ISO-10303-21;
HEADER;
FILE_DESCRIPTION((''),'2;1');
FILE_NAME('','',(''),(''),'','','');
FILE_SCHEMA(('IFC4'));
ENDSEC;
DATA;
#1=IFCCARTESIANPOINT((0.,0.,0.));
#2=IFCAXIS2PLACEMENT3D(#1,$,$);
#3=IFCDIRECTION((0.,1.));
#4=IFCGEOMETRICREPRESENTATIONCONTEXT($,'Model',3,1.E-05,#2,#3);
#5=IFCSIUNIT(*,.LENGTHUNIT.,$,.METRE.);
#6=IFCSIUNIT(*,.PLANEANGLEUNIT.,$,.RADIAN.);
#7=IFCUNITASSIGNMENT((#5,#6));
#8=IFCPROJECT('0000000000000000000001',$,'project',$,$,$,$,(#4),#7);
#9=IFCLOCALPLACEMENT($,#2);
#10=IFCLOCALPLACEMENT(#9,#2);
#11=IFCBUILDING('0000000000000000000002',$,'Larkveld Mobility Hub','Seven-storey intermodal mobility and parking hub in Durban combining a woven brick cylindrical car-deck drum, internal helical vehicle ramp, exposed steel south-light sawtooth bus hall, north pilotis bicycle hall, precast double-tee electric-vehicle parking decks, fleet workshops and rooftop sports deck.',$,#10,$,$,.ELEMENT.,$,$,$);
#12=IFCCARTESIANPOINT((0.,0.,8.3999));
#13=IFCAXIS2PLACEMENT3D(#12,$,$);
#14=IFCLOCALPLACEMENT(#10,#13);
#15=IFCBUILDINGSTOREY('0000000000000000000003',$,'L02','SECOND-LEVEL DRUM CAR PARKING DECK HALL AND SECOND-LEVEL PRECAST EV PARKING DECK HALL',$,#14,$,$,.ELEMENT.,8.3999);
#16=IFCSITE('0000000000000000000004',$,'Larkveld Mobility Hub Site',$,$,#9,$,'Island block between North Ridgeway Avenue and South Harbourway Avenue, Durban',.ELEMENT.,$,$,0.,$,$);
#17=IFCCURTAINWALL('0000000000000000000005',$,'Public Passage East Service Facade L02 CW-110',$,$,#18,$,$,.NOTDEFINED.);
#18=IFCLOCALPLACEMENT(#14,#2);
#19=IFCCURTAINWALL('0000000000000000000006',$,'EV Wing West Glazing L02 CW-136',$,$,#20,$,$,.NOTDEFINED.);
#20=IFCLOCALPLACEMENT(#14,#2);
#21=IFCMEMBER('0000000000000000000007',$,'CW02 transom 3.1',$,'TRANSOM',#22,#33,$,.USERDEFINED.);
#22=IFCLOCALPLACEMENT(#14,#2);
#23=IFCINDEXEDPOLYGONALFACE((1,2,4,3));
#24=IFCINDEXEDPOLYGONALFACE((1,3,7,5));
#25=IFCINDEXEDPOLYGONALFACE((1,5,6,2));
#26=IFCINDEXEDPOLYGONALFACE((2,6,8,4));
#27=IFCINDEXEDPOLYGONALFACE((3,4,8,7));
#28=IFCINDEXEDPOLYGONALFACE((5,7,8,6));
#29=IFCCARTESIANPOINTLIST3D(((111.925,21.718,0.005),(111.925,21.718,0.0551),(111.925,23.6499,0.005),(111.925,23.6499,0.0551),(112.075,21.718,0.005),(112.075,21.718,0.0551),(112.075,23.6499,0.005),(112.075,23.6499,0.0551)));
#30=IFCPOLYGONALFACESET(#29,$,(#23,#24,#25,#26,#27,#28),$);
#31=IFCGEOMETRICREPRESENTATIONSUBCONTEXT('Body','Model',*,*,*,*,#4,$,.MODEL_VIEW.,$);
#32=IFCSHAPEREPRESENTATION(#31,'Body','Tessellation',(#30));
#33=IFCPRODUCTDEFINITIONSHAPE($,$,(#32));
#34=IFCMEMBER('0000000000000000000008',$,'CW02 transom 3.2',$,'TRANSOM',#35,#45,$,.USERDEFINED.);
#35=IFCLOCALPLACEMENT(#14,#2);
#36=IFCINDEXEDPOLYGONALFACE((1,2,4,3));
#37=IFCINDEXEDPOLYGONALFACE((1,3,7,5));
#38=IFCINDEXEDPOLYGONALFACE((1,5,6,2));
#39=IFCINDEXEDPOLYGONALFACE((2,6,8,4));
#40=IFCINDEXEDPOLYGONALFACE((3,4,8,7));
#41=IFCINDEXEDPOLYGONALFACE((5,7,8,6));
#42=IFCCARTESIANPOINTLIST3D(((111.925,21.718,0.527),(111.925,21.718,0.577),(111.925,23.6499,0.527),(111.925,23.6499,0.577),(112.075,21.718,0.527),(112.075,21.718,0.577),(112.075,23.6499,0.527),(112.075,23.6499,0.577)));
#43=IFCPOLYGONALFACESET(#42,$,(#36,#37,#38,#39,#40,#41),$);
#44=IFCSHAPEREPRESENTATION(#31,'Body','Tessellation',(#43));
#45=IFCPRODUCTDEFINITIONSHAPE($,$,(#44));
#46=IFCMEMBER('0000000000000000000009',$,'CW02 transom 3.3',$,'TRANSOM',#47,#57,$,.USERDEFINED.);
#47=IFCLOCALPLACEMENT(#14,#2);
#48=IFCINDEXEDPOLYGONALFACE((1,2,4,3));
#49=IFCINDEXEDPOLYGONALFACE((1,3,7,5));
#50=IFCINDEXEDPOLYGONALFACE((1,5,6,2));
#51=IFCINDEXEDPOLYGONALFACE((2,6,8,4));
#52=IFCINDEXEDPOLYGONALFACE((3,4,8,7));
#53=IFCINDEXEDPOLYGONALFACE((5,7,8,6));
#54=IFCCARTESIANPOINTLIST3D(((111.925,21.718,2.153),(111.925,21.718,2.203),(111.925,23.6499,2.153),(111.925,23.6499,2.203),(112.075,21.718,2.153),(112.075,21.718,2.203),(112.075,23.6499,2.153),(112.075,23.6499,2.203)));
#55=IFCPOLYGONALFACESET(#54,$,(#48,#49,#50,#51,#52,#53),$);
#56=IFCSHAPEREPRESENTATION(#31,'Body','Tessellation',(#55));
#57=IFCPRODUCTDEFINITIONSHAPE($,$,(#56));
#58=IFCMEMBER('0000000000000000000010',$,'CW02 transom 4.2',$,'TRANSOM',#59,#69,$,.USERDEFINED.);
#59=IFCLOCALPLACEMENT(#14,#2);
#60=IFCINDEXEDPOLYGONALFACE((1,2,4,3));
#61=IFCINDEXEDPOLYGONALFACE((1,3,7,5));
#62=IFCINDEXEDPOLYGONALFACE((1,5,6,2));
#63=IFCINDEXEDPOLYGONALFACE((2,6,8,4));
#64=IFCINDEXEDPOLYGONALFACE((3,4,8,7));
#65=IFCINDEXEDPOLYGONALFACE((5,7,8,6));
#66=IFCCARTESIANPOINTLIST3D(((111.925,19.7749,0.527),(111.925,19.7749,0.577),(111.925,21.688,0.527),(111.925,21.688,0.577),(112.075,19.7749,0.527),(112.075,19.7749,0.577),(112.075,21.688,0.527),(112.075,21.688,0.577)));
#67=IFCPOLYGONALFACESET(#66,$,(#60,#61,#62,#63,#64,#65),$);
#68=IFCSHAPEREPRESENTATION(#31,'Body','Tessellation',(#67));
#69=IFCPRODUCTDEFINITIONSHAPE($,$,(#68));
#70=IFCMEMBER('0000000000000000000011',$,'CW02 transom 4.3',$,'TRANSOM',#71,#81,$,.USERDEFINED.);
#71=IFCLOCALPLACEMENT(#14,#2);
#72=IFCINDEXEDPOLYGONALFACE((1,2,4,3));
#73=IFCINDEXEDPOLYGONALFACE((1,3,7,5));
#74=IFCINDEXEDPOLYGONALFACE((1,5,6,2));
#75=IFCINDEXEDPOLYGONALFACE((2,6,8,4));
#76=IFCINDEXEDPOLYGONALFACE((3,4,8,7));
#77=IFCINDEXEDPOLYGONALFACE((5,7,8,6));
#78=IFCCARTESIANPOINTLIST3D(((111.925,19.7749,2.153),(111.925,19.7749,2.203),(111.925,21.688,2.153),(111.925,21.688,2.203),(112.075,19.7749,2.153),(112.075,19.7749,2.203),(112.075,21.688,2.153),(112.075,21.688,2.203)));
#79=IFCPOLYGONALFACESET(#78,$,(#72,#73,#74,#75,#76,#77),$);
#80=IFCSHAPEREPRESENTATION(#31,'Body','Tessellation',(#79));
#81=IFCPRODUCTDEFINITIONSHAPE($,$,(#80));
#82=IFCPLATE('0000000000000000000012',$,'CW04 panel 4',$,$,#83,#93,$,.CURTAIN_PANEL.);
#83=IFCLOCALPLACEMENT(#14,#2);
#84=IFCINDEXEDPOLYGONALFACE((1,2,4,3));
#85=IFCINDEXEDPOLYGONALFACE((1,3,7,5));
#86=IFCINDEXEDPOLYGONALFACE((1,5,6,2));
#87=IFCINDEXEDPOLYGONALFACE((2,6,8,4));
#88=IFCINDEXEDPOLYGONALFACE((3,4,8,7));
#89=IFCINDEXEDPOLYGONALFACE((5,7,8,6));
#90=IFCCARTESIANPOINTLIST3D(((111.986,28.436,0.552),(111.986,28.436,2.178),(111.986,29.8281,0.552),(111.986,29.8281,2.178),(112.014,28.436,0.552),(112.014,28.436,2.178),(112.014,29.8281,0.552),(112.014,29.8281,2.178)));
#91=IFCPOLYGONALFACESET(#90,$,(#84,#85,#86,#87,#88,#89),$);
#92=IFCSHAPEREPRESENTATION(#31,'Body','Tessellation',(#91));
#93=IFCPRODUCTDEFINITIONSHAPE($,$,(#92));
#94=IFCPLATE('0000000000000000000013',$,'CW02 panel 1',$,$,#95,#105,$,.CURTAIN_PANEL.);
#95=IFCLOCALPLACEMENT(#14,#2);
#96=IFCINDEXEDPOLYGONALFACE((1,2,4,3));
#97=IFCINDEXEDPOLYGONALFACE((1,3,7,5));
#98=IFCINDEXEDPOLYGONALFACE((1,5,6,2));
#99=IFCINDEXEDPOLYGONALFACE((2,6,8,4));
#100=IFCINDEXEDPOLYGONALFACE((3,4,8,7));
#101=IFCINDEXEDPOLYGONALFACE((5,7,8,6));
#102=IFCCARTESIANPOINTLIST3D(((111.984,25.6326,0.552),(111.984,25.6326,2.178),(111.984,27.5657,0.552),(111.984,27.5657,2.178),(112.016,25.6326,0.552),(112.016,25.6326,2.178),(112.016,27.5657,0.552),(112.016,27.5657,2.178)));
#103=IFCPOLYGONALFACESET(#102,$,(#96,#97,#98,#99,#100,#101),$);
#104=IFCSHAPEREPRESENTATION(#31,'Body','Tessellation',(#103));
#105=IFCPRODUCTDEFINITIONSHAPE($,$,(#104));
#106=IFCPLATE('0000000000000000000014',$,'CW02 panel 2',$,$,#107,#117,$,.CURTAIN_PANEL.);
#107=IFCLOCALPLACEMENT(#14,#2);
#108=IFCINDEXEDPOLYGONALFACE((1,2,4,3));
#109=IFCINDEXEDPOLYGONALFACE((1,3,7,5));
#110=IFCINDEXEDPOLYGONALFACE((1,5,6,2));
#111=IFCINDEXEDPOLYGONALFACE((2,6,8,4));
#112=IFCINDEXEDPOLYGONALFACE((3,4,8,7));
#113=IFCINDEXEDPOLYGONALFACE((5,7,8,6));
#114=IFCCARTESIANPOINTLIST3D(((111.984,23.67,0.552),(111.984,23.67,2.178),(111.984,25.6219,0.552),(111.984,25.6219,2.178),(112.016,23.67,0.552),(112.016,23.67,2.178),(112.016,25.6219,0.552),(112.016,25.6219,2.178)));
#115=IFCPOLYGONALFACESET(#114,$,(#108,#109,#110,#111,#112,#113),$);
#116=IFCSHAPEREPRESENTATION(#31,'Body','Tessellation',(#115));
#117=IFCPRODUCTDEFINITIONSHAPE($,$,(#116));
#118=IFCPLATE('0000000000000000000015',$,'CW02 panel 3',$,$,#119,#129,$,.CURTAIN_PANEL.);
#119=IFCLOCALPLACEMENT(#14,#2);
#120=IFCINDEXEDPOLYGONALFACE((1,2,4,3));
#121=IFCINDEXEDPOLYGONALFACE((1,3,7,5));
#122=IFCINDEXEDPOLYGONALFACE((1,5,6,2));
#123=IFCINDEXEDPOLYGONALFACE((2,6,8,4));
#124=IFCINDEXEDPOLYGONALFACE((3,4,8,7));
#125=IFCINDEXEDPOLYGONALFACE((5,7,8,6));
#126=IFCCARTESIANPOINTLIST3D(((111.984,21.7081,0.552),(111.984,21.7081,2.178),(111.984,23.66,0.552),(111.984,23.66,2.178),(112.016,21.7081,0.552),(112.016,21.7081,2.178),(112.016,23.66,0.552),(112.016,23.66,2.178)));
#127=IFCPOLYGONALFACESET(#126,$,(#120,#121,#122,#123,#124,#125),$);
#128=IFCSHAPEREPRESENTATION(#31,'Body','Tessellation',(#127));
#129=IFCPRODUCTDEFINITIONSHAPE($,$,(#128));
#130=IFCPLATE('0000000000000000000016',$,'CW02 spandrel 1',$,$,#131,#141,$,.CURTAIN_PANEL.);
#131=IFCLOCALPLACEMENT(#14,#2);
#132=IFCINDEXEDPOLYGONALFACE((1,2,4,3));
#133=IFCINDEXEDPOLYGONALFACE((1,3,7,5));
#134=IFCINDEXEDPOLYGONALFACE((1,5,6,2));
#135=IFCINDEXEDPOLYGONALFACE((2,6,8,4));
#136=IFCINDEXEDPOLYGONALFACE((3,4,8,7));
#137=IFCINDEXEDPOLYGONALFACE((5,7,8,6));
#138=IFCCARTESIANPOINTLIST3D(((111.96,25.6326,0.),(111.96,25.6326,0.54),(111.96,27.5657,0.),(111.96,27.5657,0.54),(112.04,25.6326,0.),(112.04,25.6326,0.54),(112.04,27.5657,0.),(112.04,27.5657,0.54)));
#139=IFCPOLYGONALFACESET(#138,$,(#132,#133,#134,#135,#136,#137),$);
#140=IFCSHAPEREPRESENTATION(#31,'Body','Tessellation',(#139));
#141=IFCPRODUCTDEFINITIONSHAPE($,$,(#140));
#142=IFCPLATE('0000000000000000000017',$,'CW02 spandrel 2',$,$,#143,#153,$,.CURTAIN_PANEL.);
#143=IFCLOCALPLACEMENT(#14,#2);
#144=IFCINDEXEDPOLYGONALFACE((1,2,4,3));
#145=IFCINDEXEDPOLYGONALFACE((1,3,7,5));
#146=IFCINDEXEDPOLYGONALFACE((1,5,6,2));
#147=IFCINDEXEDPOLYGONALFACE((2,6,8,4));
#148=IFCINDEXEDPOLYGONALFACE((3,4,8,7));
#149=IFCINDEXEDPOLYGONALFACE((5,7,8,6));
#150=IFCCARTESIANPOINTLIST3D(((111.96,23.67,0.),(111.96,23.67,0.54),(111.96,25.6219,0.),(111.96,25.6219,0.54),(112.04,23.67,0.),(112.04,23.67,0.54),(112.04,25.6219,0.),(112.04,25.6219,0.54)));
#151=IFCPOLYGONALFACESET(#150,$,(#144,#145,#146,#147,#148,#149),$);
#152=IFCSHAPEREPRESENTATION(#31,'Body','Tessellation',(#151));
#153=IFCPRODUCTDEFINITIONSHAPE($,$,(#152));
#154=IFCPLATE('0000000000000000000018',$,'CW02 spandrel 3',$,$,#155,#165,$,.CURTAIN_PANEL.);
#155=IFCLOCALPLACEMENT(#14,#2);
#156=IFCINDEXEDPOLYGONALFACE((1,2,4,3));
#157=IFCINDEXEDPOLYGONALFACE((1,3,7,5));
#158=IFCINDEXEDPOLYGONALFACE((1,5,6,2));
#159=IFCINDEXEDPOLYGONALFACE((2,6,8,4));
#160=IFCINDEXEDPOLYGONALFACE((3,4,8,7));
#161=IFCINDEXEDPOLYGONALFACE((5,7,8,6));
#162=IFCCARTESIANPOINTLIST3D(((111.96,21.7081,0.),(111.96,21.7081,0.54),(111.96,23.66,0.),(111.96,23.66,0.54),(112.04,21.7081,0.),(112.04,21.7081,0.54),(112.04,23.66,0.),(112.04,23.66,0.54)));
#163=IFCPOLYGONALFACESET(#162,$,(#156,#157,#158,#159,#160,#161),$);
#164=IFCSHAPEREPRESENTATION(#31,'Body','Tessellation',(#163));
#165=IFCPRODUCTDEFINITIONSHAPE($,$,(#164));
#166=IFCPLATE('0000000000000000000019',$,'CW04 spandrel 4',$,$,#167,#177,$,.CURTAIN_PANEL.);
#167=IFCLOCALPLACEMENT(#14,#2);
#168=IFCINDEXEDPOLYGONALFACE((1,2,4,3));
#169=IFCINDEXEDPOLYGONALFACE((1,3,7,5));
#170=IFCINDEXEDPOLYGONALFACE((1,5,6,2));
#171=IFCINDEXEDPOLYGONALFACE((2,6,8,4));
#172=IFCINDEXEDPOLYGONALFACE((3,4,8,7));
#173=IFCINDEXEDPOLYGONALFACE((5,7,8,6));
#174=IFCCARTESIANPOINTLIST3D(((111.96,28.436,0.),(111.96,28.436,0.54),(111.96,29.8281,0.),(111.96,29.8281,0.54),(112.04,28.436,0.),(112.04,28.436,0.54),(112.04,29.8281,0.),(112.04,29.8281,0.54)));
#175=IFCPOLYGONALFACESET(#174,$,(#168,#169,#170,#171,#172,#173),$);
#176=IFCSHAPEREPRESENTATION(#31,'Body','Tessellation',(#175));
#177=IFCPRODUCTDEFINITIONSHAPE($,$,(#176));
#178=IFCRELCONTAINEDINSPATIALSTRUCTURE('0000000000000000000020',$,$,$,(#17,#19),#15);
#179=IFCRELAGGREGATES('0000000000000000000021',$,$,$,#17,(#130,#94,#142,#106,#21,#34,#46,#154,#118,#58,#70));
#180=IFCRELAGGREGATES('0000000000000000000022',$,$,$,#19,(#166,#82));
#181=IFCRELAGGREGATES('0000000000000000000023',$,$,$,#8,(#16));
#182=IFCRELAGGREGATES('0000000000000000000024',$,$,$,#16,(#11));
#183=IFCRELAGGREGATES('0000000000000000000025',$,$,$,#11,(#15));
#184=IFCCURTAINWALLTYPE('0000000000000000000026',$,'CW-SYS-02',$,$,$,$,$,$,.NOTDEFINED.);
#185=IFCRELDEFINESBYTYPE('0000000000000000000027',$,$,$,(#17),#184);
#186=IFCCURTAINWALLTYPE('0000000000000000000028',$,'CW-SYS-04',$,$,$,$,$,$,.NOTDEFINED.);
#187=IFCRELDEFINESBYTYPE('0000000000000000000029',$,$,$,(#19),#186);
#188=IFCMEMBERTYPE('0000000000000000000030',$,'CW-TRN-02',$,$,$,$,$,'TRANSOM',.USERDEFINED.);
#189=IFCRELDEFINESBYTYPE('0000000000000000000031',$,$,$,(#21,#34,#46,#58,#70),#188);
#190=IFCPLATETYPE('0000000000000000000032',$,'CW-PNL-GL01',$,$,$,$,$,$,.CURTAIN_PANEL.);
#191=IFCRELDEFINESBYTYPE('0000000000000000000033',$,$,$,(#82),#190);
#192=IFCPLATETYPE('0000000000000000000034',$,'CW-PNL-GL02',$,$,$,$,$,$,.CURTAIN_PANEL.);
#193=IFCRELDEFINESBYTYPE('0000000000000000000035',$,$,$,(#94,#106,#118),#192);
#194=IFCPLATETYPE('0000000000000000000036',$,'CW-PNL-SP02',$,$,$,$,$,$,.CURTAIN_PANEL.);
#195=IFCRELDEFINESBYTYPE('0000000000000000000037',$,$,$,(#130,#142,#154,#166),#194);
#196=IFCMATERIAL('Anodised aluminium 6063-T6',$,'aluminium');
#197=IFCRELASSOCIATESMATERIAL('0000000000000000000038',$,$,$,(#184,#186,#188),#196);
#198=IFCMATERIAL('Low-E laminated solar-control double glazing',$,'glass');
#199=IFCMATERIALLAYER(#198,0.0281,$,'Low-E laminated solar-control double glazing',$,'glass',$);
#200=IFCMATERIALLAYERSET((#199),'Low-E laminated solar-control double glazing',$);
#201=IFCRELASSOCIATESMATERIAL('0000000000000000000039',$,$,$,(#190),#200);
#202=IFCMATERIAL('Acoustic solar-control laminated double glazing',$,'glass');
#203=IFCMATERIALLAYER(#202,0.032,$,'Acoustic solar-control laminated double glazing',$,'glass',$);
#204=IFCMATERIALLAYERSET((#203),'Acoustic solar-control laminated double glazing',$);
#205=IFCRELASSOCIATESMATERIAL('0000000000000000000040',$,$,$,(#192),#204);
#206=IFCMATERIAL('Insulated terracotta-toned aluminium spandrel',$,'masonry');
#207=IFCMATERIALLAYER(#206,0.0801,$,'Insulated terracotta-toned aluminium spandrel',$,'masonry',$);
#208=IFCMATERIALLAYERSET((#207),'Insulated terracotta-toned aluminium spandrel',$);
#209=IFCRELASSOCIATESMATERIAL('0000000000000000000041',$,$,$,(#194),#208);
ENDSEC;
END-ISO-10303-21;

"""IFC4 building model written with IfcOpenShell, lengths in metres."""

from ifc_helpers import new_model, si_unit, direction, frame, origin, origin_2d, place, context, subcontext, project, spatial, rectangle, extrude, material, layer, layer_set, material_profile, profile_set, type_object, element, aggregate, save


model = new_model("IFC4")

# Units and contexts
model_context = context("Model", 3, precision=1e-05, world=origin(), true_north=direction((0.0, 1.0)))
body_context = subcontext(model_context, "Body", "Model", "MODEL_VIEW")
ifc_project = project(units=[si_unit("LENGTHUNIT", "METRE"), si_unit("PLANEANGLEUNIT", "RADIAN")], contexts=[model_context])

# Site, building, storey
site_placement = place(None, origin())
site = spatial("IfcSite", under=ifc_project, at=site_placement, Name="Larkveld Mobility Hub Site", LongName="Island block between North Ridgeway Avenue and South Harbourway Avenue, Durban", CompositionType="ELEMENT", RefElevation=0.0)
building_placement = place(site_placement, origin())
building = spatial("IfcBuilding", under=site, at=building_placement, Name="Larkveld Mobility Hub", Description="Seven-storey intermodal mobility and parking hub in Durban combining a woven brick cylindrical car-deck drum, internal helical vehicle ramp, exposed steel south-light sawtooth bus hall, north pilotis bicycle hall, precast double-tee electric-vehicle parking decks, fleet workshops and rooftop sports deck.", CompositionType="ELEMENT")
storey_placement = place(building_placement, frame((0.0, 0.0, 8.3999)))
storey = spatial("IfcBuildingStorey", under=building, at=storey_placement, Name="L02", Description="SECOND-LEVEL DRUM CAR PARKING DECK HALL AND SECOND-LEVEL PRECAST EV PARKING DECK HALL", CompositionType="ELEMENT", Elevation=8.3999)

# Curtain wall
ifc_material_1 = material(Name="Anodised aluminium 6063-T6", Category="aluminium")
curtain_wall_type_1 = type_object("IfcCurtainWallType", Name="CW-SYS-02", PredefinedType="NOTDEFINED", material=ifc_material_1)
curtain_wall_1_placement = place(storey_placement, origin())
curtain_wall_1 = element("IfcCurtainWall", 1, at=curtain_wall_1_placement, inside=storey, type_object=curtain_wall_type_1, Name="Public Passage East Service Facade L02 CW-110", PredefinedType="NOTDEFINED")

# Curtain wall
curtain_wall_type_2 = type_object("IfcCurtainWallType", Name="CW-SYS-04", PredefinedType="NOTDEFINED", material=ifc_material_1)
curtain_wall_2_placement = place(storey_placement, origin())
curtain_wall_2 = element("IfcCurtainWall", 2, at=curtain_wall_2_placement, inside=storey, type_object=curtain_wall_type_2, Name="EV Wing West Glazing L02 CW-136", PredefinedType="NOTDEFINED")

# Members
ifc_material_profile_1 = material_profile(ifc_material_1, rectangle(XDim=0.1499, YDim=0.05, at=origin_2d()), Name="ALU TRAN 50x150")
ifc_profile_set_1 = profile_set([ifc_material_profile_1], Name="Anodised aluminium 6063-T6")
member_type_1 = type_object("IfcMemberType", Name="CW-TRN-02", ElementType="TRANSOM", PredefinedType="USERDEFINED", material=ifc_profile_set_1)
member_1_placement = place(storey_placement, frame((112.0, 23.6499, 0.03), z_axis=(0.0, -1.0, 0.0), x_axis=(1.0, 0.0, 0.0)))
member_1 = element("IfcMember", 3, at=member_1_placement, type_object=member_type_1, Name="CW02 transom 3.1", ObjectType="TRANSOM", PredefinedType="USERDEFINED", context=body_context, shape_type="SweptSolid", body=[
    extrude(rectangle(XDim=0.1499, YDim=0.05, at=origin_2d()), origin(), (0.0, 0.0, 1.0), 1.9319),
])
member_2_placement = place(storey_placement, frame((112.0, 23.6499, 0.552), z_axis=(0.0, -1.0, 0.0), x_axis=(1.0, 0.0, 0.0)))
member_2 = element("IfcMember", 4, at=member_2_placement, type_object=member_type_1, Name="CW02 transom 3.2", ObjectType="TRANSOM", PredefinedType="USERDEFINED", context=body_context, shape_type="SweptSolid", body=[
    extrude(rectangle(XDim=0.1499, YDim=0.05, at=origin_2d()), origin(), (0.0, 0.0, 1.0), 1.9319),
])
member_3_placement = place(storey_placement, frame((112.0, 23.6499, 2.178), z_axis=(0.0, -1.0, 0.0), x_axis=(1.0, 0.0, 0.0)))
member_3 = element("IfcMember", 5, at=member_3_placement, type_object=member_type_1, Name="CW02 transom 3.3", ObjectType="TRANSOM", PredefinedType="USERDEFINED", context=body_context, shape_type="SweptSolid", body=[
    extrude(rectangle(XDim=0.1499, YDim=0.05, at=origin_2d()), origin(), (0.0, 0.0, 1.0), 1.9319),
])
member_4_placement = place(storey_placement, frame((112.0, 21.688, 0.552), z_axis=(0.0, -1.0, 0.0), x_axis=(1.0, 0.0, 0.0)))
member_4 = element("IfcMember", 6, at=member_4_placement, type_object=member_type_1, Name="CW02 transom 4.2", ObjectType="TRANSOM", PredefinedType="USERDEFINED", context=body_context, shape_type="SweptSolid", body=[
    extrude(rectangle(XDim=0.1499, YDim=0.05, at=origin_2d()), origin(), (0.0, 0.0, 1.0), 1.9131),
])
member_5_placement = place(storey_placement, frame((112.0, 21.688, 2.178), z_axis=(0.0, -1.0, 0.0), x_axis=(1.0, 0.0, 0.0)))
member_5 = element("IfcMember", 7, at=member_5_placement, type_object=member_type_1, Name="CW02 transom 4.3", ObjectType="TRANSOM", PredefinedType="USERDEFINED", context=body_context, shape_type="SweptSolid", body=[
    extrude(rectangle(XDim=0.1499, YDim=0.05, at=origin_2d()), origin(), (0.0, 0.0, 1.0), 1.9131),
])

# Plates
ifc_material_2 = material(Name="Low-E laminated solar-control double glazing", Category="glass")
ifc_layer_1 = layer(ifc_material_2, 0.0281, Name="Low-E laminated solar-control double glazing", Category="glass")
ifc_layer_set_1 = layer_set([ifc_layer_1], Name="Low-E laminated solar-control double glazing")
plate_type_1 = type_object("IfcPlateType", Name="CW-PNL-GL01", PredefinedType="CURTAIN_PANEL", material=ifc_layer_set_1)
plate_1_placement = place(storey_placement, frame((112.0, 29.1321, 0.552), z_axis=(0.0, 0.0, 1.0), x_axis=(0.0, -1.0, 0.0)))
plate_1 = element("IfcPlate", 8, at=plate_1_placement, type_object=plate_type_1, Name="CW04 panel 4", PredefinedType="CURTAIN_PANEL", context=body_context, shape_type="SweptSolid", body=[
    extrude(rectangle(XDim=1.3921, YDim=0.0281, at=origin_2d()), origin(), (0.0, 0.0, 1.0), 1.626),
])
ifc_material_3 = material(Name="Acoustic solar-control laminated double glazing", Category="glass")
ifc_layer_2 = layer(ifc_material_3, 0.032, Name="Acoustic solar-control laminated double glazing", Category="glass")
ifc_layer_set_2 = layer_set([ifc_layer_2], Name="Acoustic solar-control laminated double glazing")
plate_type_2 = type_object("IfcPlateType", Name="CW-PNL-GL02", PredefinedType="CURTAIN_PANEL", material=ifc_layer_set_2)
plate_2_placement = place(storey_placement, frame((112.0, 26.5991, 0.552), z_axis=(0.0, 0.0, 1.0), x_axis=(0.0, -1.0, 0.0)))
plate_2 = element("IfcPlate", 9, at=plate_2_placement, type_object=plate_type_2, Name="CW02 panel 1", PredefinedType="CURTAIN_PANEL", context=body_context, shape_type="SweptSolid", body=[
    extrude(rectangle(XDim=1.9331, YDim=0.032, at=origin_2d()), origin(), (0.0, 0.0, 1.0), 1.626),
])
plate_3_placement = place(storey_placement, frame((112.0, 24.646, 0.552), z_axis=(0.0, 0.0, 1.0), x_axis=(0.0, -1.0, 0.0)))
plate_3 = element("IfcPlate", 10, at=plate_3_placement, type_object=plate_type_2, Name="CW02 panel 2", PredefinedType="CURTAIN_PANEL", context=body_context, shape_type="SweptSolid", body=[
    extrude(rectangle(XDim=1.9519, YDim=0.032, at=origin_2d()), origin(), (0.0, 0.0, 1.0), 1.626),
])
plate_4_placement = place(storey_placement, frame((112.0, 22.6841, 0.552), z_axis=(0.0, 0.0, 1.0), x_axis=(0.0, -1.0, 0.0)))
plate_4 = element("IfcPlate", 11, at=plate_4_placement, type_object=plate_type_2, Name="CW02 panel 3", PredefinedType="CURTAIN_PANEL", context=body_context, shape_type="SweptSolid", body=[
    extrude(rectangle(XDim=1.9519, YDim=0.032, at=origin_2d()), origin(), (0.0, 0.0, 1.0), 1.626),
])
ifc_material_4 = material(Name="Insulated terracotta-toned aluminium spandrel", Category="masonry")
ifc_layer_3 = layer(ifc_material_4, 0.0801, Name="Insulated terracotta-toned aluminium spandrel", Category="masonry")
ifc_layer_set_3 = layer_set([ifc_layer_3], Name="Insulated terracotta-toned aluminium spandrel")
plate_type_3 = type_object("IfcPlateType", Name="CW-PNL-SP02", PredefinedType="CURTAIN_PANEL", material=ifc_layer_set_3)
plate_5_placement = place(storey_placement, frame((112.0, 26.5991, 0.0), z_axis=(0.0, 0.0, 1.0), x_axis=(0.0, -1.0, 0.0)))
plate_5 = element("IfcPlate", 12, at=plate_5_placement, type_object=plate_type_3, Name="CW02 spandrel 1", PredefinedType="CURTAIN_PANEL", context=body_context, shape_type="SweptSolid", body=[
    extrude(rectangle(XDim=1.9331, YDim=0.0801, at=origin_2d()), origin(), (0.0, 0.0, 1.0), 0.54),
])
plate_6_placement = place(storey_placement, frame((112.0, 24.646, 0.0), z_axis=(0.0, 0.0, 1.0), x_axis=(0.0, -1.0, 0.0)))
plate_6 = element("IfcPlate", 13, at=plate_6_placement, type_object=plate_type_3, Name="CW02 spandrel 2", PredefinedType="CURTAIN_PANEL", context=body_context, shape_type="SweptSolid", body=[
    extrude(rectangle(XDim=1.9519, YDim=0.0801, at=origin_2d()), origin(), (0.0, 0.0, 1.0), 0.54),
])
plate_7_placement = place(storey_placement, frame((112.0, 22.6841, 0.0), z_axis=(0.0, 0.0, 1.0), x_axis=(0.0, -1.0, 0.0)))
plate_7 = element("IfcPlate", 14, at=plate_7_placement, type_object=plate_type_3, Name="CW02 spandrel 3", PredefinedType="CURTAIN_PANEL", context=body_context, shape_type="SweptSolid", body=[
    extrude(rectangle(XDim=1.9519, YDim=0.0801, at=origin_2d()), origin(), (0.0, 0.0, 1.0), 0.54),
])
aggregate(curtain_wall_1, [plate_5, plate_2, plate_6, plate_3, member_1, member_2, member_3, plate_7, plate_4, member_4, member_5])
plate_8_placement = place(storey_placement, frame((112.0, 29.1321, 0.0), z_axis=(0.0, 0.0, 1.0), x_axis=(0.0, -1.0, 0.0)))
plate_8 = element("IfcPlate", 15, at=plate_8_placement, type_object=plate_type_3, Name="CW04 spandrel 4", PredefinedType="CURTAIN_PANEL", context=body_context, shape_type="SweptSolid", body=[
    extrude(rectangle(XDim=1.3921, YDim=0.0801, at=origin_2d()), origin(), (0.0, 0.0, 1.0), 0.54),
])
aggregate(curtain_wall_2, [plate_8, plate_1])

save(model, "model.ifc")
